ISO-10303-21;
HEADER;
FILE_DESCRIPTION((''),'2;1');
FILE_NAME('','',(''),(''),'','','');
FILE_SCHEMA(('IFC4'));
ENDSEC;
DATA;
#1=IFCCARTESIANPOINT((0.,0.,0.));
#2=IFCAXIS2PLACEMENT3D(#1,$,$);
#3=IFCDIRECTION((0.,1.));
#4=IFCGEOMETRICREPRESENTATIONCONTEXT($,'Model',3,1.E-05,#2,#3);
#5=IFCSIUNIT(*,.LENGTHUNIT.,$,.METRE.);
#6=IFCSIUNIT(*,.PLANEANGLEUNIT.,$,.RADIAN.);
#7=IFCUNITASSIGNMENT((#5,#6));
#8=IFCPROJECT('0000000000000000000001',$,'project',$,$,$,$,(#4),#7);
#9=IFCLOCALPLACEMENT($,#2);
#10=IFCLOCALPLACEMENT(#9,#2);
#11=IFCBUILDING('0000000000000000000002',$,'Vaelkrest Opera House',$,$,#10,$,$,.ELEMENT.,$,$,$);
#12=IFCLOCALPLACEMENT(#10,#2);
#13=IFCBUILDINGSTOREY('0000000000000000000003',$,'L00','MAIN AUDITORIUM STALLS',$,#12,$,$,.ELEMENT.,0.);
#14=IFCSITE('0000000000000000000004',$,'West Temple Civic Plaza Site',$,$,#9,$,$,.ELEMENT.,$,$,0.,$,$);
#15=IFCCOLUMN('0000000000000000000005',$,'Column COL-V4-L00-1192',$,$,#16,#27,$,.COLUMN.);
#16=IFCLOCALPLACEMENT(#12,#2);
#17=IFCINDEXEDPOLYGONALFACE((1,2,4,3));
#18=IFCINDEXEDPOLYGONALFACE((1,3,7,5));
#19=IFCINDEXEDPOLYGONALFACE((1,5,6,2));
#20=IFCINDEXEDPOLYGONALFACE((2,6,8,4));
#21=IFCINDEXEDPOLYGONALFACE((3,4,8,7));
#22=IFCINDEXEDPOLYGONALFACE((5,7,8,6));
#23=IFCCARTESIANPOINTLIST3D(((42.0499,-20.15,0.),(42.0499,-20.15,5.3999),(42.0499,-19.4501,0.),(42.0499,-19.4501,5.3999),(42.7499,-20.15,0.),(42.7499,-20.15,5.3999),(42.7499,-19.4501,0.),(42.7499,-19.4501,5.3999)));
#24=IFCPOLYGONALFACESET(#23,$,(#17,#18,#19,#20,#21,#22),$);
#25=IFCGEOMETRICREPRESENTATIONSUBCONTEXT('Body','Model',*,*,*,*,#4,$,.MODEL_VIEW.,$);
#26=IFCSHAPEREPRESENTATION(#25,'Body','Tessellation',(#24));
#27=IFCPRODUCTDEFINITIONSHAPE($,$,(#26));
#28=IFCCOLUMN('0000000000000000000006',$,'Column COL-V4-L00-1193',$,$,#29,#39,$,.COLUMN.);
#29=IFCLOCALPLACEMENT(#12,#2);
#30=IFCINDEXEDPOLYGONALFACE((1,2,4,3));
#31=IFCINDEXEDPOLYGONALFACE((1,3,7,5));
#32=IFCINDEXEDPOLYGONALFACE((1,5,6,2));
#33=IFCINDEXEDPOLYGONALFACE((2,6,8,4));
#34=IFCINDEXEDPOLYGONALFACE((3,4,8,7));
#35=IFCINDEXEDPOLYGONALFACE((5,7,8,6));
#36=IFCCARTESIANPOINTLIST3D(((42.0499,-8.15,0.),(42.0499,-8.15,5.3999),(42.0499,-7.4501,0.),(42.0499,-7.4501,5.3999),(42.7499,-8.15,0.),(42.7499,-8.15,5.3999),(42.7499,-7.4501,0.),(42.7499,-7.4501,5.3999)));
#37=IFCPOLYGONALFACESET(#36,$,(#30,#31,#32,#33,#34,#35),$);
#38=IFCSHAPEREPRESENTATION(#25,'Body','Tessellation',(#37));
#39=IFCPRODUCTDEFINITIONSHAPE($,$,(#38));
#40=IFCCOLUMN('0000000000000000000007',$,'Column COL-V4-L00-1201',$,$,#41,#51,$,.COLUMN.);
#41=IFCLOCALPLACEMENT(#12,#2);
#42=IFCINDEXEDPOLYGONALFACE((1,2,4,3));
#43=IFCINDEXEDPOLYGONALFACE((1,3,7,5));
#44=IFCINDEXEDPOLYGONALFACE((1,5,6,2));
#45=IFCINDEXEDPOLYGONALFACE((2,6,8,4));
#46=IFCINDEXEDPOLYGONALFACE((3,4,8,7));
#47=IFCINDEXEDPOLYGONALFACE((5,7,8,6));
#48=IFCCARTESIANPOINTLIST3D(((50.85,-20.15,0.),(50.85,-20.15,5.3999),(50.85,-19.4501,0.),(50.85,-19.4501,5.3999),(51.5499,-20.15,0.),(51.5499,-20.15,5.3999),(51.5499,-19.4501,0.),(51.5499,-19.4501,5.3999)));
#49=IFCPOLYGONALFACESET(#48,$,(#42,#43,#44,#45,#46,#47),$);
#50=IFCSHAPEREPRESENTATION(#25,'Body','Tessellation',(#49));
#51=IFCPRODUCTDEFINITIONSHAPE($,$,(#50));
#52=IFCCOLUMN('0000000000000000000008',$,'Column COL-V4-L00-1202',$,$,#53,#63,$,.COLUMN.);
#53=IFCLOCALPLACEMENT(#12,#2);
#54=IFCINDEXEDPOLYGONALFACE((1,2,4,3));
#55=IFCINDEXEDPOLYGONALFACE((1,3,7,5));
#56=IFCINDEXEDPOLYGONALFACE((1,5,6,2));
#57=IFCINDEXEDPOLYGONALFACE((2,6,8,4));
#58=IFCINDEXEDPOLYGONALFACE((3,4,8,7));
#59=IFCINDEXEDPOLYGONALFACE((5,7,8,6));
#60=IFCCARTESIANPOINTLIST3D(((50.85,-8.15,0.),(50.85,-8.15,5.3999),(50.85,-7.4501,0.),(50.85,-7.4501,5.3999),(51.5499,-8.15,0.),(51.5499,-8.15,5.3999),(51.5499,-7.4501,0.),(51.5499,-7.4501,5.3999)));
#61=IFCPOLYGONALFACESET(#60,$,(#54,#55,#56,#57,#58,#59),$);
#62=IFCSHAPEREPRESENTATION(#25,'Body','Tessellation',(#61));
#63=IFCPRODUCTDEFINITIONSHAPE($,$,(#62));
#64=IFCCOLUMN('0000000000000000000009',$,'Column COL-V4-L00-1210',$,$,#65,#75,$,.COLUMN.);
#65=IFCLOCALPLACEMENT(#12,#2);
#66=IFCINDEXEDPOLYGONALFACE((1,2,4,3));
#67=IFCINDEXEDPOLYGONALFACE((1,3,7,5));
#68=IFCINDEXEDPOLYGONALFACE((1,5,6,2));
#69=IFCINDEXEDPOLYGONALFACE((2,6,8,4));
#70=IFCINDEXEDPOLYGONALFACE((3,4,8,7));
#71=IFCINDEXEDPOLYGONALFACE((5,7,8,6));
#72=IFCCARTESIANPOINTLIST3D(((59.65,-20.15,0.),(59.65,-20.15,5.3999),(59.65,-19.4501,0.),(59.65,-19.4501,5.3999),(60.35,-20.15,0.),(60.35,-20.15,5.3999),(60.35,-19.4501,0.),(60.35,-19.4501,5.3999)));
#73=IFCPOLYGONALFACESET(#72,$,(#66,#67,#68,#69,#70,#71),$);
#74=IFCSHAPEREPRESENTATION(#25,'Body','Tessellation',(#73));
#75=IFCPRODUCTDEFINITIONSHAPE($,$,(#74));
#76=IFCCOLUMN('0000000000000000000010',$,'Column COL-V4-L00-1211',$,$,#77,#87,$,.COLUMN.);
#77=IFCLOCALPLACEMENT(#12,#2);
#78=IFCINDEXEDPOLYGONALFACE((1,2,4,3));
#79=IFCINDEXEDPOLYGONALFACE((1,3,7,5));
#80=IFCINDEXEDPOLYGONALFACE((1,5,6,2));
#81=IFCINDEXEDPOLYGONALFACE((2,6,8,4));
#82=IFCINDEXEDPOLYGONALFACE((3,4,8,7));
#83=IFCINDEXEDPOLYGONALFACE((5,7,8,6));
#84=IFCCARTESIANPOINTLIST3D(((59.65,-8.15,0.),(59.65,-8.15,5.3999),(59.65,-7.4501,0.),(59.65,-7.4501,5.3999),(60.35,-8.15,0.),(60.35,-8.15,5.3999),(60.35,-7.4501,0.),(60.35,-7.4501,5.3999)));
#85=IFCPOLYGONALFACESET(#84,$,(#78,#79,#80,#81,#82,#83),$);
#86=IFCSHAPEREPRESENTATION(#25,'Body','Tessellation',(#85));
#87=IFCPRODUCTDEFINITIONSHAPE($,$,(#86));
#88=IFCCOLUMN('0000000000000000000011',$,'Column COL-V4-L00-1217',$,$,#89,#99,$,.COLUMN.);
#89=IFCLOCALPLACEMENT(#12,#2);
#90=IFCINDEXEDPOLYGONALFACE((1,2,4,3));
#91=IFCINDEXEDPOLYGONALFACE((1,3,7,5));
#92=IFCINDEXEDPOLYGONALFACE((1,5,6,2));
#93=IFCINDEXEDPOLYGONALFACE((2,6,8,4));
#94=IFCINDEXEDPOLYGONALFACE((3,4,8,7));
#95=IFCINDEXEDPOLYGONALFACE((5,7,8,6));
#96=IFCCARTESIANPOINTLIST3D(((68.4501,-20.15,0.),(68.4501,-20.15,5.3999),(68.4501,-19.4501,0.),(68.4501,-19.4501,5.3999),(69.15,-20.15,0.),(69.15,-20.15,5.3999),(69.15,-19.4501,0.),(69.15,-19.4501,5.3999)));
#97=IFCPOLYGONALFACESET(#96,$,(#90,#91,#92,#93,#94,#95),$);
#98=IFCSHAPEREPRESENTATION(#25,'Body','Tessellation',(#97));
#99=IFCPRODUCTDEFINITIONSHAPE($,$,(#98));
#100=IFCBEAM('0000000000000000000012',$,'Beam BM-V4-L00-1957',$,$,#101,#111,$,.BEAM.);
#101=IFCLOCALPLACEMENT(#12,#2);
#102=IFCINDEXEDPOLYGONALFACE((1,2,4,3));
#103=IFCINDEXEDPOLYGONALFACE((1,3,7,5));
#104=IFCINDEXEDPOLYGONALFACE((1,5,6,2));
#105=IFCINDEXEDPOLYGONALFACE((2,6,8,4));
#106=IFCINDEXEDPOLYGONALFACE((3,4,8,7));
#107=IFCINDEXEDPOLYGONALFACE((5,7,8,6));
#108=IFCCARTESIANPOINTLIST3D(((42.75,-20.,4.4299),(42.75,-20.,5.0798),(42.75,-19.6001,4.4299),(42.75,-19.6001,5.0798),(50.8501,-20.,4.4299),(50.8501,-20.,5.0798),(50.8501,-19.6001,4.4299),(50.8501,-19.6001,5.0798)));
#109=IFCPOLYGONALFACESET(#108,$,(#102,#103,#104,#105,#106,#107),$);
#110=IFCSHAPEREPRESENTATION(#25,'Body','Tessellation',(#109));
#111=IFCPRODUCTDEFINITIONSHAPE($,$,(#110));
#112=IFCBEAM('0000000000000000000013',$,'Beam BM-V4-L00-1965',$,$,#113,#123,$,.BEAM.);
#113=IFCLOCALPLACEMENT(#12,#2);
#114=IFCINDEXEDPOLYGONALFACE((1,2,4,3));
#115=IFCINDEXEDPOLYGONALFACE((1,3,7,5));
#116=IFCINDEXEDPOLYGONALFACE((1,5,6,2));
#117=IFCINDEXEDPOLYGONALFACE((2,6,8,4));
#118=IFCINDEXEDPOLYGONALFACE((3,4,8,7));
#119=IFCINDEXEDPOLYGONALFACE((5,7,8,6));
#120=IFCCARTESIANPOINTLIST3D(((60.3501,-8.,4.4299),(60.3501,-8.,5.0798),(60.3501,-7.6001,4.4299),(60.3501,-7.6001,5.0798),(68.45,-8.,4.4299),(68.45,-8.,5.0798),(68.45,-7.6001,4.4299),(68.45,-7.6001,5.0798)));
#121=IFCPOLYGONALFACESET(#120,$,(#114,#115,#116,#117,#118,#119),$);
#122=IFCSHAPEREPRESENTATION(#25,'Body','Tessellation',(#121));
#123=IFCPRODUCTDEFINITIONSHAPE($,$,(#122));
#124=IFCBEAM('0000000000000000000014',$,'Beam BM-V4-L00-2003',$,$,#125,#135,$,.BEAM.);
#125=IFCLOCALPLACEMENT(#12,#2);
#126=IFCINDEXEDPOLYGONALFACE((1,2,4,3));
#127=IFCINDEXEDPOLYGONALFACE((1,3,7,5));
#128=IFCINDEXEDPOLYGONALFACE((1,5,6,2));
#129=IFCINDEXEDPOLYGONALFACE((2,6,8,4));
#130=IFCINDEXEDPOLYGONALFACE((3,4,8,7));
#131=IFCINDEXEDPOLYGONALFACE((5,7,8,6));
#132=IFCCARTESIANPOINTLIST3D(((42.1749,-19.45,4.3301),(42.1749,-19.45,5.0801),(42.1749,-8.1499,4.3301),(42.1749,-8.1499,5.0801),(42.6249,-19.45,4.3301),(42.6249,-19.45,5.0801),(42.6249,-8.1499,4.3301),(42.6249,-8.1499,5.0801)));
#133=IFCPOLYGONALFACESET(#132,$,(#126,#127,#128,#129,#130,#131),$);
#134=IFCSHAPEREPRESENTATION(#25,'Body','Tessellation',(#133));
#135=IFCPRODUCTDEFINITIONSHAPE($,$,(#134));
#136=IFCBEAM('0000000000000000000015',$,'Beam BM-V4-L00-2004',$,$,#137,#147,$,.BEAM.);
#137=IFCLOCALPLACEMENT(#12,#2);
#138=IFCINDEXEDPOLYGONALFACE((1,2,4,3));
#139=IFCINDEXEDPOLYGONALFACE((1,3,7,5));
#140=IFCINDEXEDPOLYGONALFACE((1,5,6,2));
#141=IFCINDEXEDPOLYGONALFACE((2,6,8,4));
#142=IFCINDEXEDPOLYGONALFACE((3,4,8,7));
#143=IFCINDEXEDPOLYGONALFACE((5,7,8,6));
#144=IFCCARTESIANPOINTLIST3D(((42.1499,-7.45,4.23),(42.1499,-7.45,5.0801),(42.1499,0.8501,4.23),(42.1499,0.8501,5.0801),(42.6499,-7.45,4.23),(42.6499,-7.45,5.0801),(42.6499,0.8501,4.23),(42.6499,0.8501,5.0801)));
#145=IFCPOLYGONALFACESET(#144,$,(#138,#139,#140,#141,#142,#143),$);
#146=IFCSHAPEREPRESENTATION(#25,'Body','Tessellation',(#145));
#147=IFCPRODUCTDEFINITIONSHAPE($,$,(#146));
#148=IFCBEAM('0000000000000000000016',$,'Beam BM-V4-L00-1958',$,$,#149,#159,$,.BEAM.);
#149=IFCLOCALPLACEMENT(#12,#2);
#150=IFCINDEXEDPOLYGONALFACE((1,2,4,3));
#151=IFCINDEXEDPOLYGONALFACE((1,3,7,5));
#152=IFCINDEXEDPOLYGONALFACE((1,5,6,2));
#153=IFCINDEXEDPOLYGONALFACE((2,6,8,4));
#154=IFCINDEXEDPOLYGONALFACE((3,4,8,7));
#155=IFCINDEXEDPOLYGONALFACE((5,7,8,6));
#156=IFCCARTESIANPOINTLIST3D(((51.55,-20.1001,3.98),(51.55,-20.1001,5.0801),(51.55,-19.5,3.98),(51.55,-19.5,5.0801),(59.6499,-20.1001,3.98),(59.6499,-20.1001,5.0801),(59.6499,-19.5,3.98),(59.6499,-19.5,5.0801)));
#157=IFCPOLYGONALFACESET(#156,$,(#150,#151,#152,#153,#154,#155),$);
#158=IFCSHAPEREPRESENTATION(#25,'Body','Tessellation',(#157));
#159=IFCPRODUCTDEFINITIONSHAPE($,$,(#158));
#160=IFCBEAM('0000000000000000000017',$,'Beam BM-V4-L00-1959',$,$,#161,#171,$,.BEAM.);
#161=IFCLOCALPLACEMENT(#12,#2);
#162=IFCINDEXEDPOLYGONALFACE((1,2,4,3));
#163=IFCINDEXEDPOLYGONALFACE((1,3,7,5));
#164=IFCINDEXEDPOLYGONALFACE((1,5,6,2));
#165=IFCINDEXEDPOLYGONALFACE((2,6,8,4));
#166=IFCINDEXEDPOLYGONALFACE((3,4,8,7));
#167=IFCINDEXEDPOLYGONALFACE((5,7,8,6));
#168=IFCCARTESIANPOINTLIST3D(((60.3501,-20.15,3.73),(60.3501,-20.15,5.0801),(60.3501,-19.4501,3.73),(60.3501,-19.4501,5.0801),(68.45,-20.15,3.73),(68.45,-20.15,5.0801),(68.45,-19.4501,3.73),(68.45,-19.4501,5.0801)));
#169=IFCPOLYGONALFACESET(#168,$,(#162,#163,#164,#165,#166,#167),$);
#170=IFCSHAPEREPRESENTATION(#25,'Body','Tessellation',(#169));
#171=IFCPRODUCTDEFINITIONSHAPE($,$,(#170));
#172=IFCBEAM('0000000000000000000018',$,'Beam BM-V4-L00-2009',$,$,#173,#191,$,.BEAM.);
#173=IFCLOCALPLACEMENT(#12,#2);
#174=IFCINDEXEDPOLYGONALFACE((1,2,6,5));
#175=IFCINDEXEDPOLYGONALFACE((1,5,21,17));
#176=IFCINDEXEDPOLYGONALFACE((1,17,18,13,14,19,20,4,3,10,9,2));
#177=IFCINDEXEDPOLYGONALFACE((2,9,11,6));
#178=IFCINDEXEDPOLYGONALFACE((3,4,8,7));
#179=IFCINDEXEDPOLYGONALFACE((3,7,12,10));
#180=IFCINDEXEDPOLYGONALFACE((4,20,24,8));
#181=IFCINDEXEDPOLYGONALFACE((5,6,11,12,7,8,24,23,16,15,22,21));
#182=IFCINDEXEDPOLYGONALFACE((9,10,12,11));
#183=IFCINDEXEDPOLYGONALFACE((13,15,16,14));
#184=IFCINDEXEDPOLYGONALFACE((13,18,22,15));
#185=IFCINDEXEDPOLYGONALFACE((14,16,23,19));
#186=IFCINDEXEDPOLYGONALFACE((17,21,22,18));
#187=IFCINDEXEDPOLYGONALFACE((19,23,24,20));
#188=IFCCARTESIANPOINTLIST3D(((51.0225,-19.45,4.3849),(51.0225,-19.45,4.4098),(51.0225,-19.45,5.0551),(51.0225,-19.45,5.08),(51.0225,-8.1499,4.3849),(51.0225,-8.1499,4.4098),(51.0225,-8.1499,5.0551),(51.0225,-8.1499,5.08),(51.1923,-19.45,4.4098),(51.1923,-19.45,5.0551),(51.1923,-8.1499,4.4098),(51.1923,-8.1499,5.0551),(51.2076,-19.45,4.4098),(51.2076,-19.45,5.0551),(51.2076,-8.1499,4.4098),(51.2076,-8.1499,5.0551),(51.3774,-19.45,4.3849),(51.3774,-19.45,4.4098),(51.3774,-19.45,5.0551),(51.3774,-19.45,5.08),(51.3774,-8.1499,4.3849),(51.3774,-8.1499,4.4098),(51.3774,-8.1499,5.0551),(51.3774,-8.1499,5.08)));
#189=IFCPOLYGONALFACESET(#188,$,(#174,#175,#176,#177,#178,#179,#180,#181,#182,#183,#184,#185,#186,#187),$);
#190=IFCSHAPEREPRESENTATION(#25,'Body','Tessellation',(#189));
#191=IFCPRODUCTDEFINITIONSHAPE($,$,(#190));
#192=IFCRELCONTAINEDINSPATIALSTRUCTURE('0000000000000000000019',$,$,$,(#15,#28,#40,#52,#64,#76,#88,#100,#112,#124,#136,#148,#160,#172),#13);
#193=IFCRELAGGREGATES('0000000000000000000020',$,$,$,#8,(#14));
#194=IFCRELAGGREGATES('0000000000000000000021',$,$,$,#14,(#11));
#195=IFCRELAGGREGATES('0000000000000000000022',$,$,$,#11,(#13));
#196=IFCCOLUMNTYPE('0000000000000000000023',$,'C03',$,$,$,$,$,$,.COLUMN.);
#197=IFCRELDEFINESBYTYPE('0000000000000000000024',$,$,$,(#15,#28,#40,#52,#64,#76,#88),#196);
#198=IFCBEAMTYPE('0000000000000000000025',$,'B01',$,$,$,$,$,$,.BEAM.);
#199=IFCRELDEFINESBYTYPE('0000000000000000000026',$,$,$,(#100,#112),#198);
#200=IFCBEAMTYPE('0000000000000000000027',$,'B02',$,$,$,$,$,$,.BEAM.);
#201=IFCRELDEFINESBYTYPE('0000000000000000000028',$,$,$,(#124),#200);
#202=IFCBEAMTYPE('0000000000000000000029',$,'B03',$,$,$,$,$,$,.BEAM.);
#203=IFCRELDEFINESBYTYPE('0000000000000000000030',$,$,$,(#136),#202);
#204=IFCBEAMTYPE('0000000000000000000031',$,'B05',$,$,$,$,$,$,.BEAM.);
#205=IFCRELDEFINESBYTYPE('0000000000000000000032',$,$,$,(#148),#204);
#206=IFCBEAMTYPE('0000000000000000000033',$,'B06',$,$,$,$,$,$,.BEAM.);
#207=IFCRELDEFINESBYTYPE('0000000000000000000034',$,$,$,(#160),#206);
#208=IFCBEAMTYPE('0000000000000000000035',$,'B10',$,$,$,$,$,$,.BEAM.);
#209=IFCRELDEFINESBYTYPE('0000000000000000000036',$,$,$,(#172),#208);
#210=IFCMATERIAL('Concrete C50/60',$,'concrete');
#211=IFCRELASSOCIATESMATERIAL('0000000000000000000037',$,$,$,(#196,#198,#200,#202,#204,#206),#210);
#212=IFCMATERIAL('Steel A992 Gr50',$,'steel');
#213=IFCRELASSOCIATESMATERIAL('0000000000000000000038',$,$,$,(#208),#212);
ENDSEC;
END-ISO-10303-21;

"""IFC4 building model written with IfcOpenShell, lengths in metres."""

from ifc_helpers import new_model, si_unit, direction, frame, origin, origin_2d, place, context, subcontext, project, spatial, rectangle, i_section, extrude, material, material_profile, profile_set, type_object, element, save


model = new_model("IFC4")

# Units and contexts
model_context = context("Model", 3, precision=1e-05, world=origin(), true_north=direction((0.0, 1.0)))
body_context = subcontext(model_context, "Body", "Model", "MODEL_VIEW")
ifc_project = project(units=[si_unit("LENGTHUNIT", "METRE"), si_unit("PLANEANGLEUNIT", "RADIAN")], contexts=[model_context])

# Site, building, storey
site_placement = place(None, origin())
site = spatial("IfcSite", under=ifc_project, at=site_placement, Name="West Temple Civic Plaza Site", CompositionType="ELEMENT", RefElevation=0.0)
building_placement = place(site_placement, origin())
building = spatial("IfcBuilding", under=site, at=building_placement, Name="Vaelkrest Opera House", CompositionType="ELEMENT")
storey_placement = place(building_placement, origin())
storey = spatial("IfcBuildingStorey", under=building, at=storey_placement, Name="L00", Description="MAIN AUDITORIUM STALLS", CompositionType="ELEMENT", Elevation=0.0)

# Columns
ifc_material_1 = material(Name="Concrete C50/60", Category="concrete")
ifc_material_profile_1 = material_profile(ifc_material_1, rectangle(XDim=0.7, YDim=0.7, at=origin_2d()), Name="RC700X700")
ifc_profile_set_1 = profile_set([ifc_material_profile_1], Name="Concrete C50/60")
column_type = type_object("IfcColumnType", Name="C03", PredefinedType="COLUMN", material=ifc_profile_set_1)
for number, where, z_axis, x_axis, name in (
    (1, (42.3999, -19.8, 0.0), (0.0, 0.0, 1.0), (1.0, 0.0, 0.0), "Column COL-V4-L00-1192"),
    (2, (42.3999, -7.8, 0.0), (0.0, 0.0, 1.0), (1.0, 0.0, 0.0), "Column COL-V4-L00-1193"),
    (3, (51.2, -19.8, 0.0), (0.0, 0.0, 1.0), (1.0, 0.0, 0.0), "Column COL-V4-L00-1201"),
    (4, (51.2, -7.8, 0.0), (0.0, 0.0, 1.0), (1.0, 0.0, 0.0), "Column COL-V4-L00-1202"),
    (5, (60.0, -19.8, 0.0), (0.0, 0.0, 1.0), (1.0, 0.0, 0.0), "Column COL-V4-L00-1210"),
    (6, (60.0, -7.8, 0.0), (0.0, 0.0, 1.0), (1.0, 0.0, 0.0), "Column COL-V4-L00-1211"),
    (7, (68.8, -19.8, 0.0), (0.0, 0.0, 1.0), (1.0, 0.0, 0.0), "Column COL-V4-L00-1217"),
):
    element("IfcColumn", number, at=place(storey_placement, frame(where, z_axis=z_axis, x_axis=x_axis)), inside=storey, type_object=column_type, Name=name, PredefinedType="COLUMN", context=body_context, shape_type="SweptSolid", body=[
        extrude(rectangle(XDim=0.7, YDim=0.7, at=origin_2d()), origin(), (0.0, 0.0, 1.0), 5.3999),
    ])

# Beams
ifc_material_profile_2 = material_profile(ifc_material_1, rectangle(XDim=0.3999, YDim=0.6499, at=origin_2d()), Name="RCB400X650")
ifc_profile_set_2 = profile_set([ifc_material_profile_2], Name="Concrete C50/60")
beam_type_1 = type_object("IfcBeamType", Name="B01", PredefinedType="BEAM", material=ifc_profile_set_2)
beam_1_placement = place(storey_placement, frame((42.75, -19.8, 4.7549), z_axis=(1.0, 0.0, 0.0), x_axis=(0.0, 1.0, 0.0)))
element("IfcBeam", 8, at=beam_1_placement, inside=storey, type_object=beam_type_1, Name="Beam BM-V4-L00-1957", PredefinedType="BEAM", context=body_context, shape_type="SweptSolid", body=[
    extrude(rectangle(XDim=0.3999, YDim=0.6499, at=origin_2d()), origin(), (0.0, 0.0, 1.0), 8.1001),
])
beam_2_placement = place(storey_placement, frame((60.3501, -7.8, 4.7549), z_axis=(1.0, 0.0, 0.0), x_axis=(0.0, 1.0, 0.0)))
element("IfcBeam", 9, at=beam_2_placement, inside=storey, type_object=beam_type_1, Name="Beam BM-V4-L00-1965", PredefinedType="BEAM", context=body_context, shape_type="SweptSolid", body=[
    extrude(rectangle(XDim=0.3999, YDim=0.6499, at=origin_2d()), origin(), (0.0, 0.0, 1.0), 8.0999),
])
ifc_material_profile_3 = material_profile(ifc_material_1, rectangle(XDim=0.45, YDim=0.75, at=origin_2d()), Name="RCB450X750")
ifc_profile_set_3 = profile_set([ifc_material_profile_3], Name="Concrete C50/60")
beam_type_2 = type_object("IfcBeamType", Name="B02", PredefinedType="BEAM", material=ifc_profile_set_3)
beam_3_placement = place(storey_placement, frame((42.3999, -19.45, 4.7051), z_axis=(0.0, 1.0, 0.0), x_axis=(-1.0, 0.0, 0.0)))
element("IfcBeam", 10, at=beam_3_placement, inside=storey, type_object=beam_type_2, Name="Beam BM-V4-L00-2003", PredefinedType="BEAM", context=body_context, shape_type="SweptSolid", body=[
    extrude(rectangle(XDim=0.45, YDim=0.75, at=origin_2d()), origin(), (0.0, 0.0, 1.0), 11.3),
])
ifc_material_profile_4 = material_profile(ifc_material_1, rectangle(XDim=0.5, YDim=0.8501, at=origin_2d()), Name="RCB500X850")
ifc_profile_set_4 = profile_set([ifc_material_profile_4], Name="Concrete C50/60")
beam_type_3 = type_object("IfcBeamType", Name="B03", PredefinedType="BEAM", material=ifc_profile_set_4)
beam_4_placement = place(storey_placement, frame((42.3999, -7.45, 4.655), z_axis=(0.0, 1.0, 0.0), x_axis=(-1.0, 0.0, 0.0)))
element("IfcBeam", 11, at=beam_4_placement, inside=storey, type_object=beam_type_3, Name="Beam BM-V4-L00-2004", PredefinedType="BEAM", context=body_context, shape_type="SweptSolid", body=[
    extrude(rectangle(XDim=0.5, YDim=0.8501, at=origin_2d()), origin(), (0.0, 0.0, 1.0), 8.3),
])
ifc_material_profile_5 = material_profile(ifc_material_1, rectangle(XDim=0.6001, YDim=1.1001, at=origin_2d()), Name="RCB600X1100")
ifc_profile_set_5 = profile_set([ifc_material_profile_5], Name="Concrete C50/60")
beam_type_4 = type_object("IfcBeamType", Name="B05", PredefinedType="BEAM", material=ifc_profile_set_5)
beam_5_placement = place(storey_placement, frame((51.55, -19.8, 4.53), z_axis=(1.0, 0.0, 0.0), x_axis=(0.0, 1.0, 0.0)))
element("IfcBeam", 12, at=beam_5_placement, inside=storey, type_object=beam_type_4, Name="Beam BM-V4-L00-1958", PredefinedType="BEAM", context=body_context, shape_type="SweptSolid", body=[
    extrude(rectangle(XDim=0.6001, YDim=1.1001, at=origin_2d()), origin(), (0.0, 0.0, 1.0), 8.0999),
])
ifc_material_profile_6 = material_profile(ifc_material_1, rectangle(XDim=0.7, YDim=1.3501, at=origin_2d()), Name="RCB700X1350")
ifc_profile_set_6 = profile_set([ifc_material_profile_6], Name="Concrete C50/60")
beam_type_5 = type_object("IfcBeamType", Name="B06", PredefinedType="BEAM", material=ifc_profile_set_6)
beam_6_placement = place(storey_placement, frame((60.3501, -19.8, 4.405), z_axis=(1.0, 0.0, 0.0), x_axis=(0.0, 1.0, 0.0)))
element("IfcBeam", 13, at=beam_6_placement, inside=storey, type_object=beam_type_5, Name="Beam BM-V4-L00-1959", PredefinedType="BEAM", context=body_context, shape_type="SweptSolid", body=[
    extrude(rectangle(XDim=0.7, YDim=1.3501, at=origin_2d()), origin(), (0.0, 0.0, 1.0), 8.0999),
])
ifc_material_2 = material(Name="Steel A992 Gr50", Category="steel")
ifc_material_profile_7 = material_profile(ifc_material_2, i_section(OverallWidth=0.355, OverallDepth=0.6951, WebThickness=0.0154, FlangeThickness=0.0249, at=origin_2d()), Name="W27X146")
ifc_profile_set_7 = profile_set([ifc_material_profile_7], Name="Steel A992 Gr50")
beam_type_6 = type_object("IfcBeamType", Name="B10", PredefinedType="BEAM", material=ifc_profile_set_7)
for number, where, z_axis, x_axis, name in (
    (14, (51.2, -19.45, 4.7324), (0.0, 1.0, 0.0), (-1.0, 0.0, 0.0), "Beam BM-V4-L00-2009"),
):
    element("IfcBeam", number, at=place(storey_placement, frame(where, z_axis=z_axis, x_axis=x_axis)), inside=storey, type_object=beam_type_6, Name=name, PredefinedType="BEAM", context=body_context, shape_type="SweptSolid", body=[
        extrude(i_section(OverallWidth=0.355, OverallDepth=0.6951, WebThickness=0.0154, FlangeThickness=0.0249, at=origin_2d()), origin(), (0.0, 0.0, 1.0), 11.3),
    ])

save(model, "model.ifc")
